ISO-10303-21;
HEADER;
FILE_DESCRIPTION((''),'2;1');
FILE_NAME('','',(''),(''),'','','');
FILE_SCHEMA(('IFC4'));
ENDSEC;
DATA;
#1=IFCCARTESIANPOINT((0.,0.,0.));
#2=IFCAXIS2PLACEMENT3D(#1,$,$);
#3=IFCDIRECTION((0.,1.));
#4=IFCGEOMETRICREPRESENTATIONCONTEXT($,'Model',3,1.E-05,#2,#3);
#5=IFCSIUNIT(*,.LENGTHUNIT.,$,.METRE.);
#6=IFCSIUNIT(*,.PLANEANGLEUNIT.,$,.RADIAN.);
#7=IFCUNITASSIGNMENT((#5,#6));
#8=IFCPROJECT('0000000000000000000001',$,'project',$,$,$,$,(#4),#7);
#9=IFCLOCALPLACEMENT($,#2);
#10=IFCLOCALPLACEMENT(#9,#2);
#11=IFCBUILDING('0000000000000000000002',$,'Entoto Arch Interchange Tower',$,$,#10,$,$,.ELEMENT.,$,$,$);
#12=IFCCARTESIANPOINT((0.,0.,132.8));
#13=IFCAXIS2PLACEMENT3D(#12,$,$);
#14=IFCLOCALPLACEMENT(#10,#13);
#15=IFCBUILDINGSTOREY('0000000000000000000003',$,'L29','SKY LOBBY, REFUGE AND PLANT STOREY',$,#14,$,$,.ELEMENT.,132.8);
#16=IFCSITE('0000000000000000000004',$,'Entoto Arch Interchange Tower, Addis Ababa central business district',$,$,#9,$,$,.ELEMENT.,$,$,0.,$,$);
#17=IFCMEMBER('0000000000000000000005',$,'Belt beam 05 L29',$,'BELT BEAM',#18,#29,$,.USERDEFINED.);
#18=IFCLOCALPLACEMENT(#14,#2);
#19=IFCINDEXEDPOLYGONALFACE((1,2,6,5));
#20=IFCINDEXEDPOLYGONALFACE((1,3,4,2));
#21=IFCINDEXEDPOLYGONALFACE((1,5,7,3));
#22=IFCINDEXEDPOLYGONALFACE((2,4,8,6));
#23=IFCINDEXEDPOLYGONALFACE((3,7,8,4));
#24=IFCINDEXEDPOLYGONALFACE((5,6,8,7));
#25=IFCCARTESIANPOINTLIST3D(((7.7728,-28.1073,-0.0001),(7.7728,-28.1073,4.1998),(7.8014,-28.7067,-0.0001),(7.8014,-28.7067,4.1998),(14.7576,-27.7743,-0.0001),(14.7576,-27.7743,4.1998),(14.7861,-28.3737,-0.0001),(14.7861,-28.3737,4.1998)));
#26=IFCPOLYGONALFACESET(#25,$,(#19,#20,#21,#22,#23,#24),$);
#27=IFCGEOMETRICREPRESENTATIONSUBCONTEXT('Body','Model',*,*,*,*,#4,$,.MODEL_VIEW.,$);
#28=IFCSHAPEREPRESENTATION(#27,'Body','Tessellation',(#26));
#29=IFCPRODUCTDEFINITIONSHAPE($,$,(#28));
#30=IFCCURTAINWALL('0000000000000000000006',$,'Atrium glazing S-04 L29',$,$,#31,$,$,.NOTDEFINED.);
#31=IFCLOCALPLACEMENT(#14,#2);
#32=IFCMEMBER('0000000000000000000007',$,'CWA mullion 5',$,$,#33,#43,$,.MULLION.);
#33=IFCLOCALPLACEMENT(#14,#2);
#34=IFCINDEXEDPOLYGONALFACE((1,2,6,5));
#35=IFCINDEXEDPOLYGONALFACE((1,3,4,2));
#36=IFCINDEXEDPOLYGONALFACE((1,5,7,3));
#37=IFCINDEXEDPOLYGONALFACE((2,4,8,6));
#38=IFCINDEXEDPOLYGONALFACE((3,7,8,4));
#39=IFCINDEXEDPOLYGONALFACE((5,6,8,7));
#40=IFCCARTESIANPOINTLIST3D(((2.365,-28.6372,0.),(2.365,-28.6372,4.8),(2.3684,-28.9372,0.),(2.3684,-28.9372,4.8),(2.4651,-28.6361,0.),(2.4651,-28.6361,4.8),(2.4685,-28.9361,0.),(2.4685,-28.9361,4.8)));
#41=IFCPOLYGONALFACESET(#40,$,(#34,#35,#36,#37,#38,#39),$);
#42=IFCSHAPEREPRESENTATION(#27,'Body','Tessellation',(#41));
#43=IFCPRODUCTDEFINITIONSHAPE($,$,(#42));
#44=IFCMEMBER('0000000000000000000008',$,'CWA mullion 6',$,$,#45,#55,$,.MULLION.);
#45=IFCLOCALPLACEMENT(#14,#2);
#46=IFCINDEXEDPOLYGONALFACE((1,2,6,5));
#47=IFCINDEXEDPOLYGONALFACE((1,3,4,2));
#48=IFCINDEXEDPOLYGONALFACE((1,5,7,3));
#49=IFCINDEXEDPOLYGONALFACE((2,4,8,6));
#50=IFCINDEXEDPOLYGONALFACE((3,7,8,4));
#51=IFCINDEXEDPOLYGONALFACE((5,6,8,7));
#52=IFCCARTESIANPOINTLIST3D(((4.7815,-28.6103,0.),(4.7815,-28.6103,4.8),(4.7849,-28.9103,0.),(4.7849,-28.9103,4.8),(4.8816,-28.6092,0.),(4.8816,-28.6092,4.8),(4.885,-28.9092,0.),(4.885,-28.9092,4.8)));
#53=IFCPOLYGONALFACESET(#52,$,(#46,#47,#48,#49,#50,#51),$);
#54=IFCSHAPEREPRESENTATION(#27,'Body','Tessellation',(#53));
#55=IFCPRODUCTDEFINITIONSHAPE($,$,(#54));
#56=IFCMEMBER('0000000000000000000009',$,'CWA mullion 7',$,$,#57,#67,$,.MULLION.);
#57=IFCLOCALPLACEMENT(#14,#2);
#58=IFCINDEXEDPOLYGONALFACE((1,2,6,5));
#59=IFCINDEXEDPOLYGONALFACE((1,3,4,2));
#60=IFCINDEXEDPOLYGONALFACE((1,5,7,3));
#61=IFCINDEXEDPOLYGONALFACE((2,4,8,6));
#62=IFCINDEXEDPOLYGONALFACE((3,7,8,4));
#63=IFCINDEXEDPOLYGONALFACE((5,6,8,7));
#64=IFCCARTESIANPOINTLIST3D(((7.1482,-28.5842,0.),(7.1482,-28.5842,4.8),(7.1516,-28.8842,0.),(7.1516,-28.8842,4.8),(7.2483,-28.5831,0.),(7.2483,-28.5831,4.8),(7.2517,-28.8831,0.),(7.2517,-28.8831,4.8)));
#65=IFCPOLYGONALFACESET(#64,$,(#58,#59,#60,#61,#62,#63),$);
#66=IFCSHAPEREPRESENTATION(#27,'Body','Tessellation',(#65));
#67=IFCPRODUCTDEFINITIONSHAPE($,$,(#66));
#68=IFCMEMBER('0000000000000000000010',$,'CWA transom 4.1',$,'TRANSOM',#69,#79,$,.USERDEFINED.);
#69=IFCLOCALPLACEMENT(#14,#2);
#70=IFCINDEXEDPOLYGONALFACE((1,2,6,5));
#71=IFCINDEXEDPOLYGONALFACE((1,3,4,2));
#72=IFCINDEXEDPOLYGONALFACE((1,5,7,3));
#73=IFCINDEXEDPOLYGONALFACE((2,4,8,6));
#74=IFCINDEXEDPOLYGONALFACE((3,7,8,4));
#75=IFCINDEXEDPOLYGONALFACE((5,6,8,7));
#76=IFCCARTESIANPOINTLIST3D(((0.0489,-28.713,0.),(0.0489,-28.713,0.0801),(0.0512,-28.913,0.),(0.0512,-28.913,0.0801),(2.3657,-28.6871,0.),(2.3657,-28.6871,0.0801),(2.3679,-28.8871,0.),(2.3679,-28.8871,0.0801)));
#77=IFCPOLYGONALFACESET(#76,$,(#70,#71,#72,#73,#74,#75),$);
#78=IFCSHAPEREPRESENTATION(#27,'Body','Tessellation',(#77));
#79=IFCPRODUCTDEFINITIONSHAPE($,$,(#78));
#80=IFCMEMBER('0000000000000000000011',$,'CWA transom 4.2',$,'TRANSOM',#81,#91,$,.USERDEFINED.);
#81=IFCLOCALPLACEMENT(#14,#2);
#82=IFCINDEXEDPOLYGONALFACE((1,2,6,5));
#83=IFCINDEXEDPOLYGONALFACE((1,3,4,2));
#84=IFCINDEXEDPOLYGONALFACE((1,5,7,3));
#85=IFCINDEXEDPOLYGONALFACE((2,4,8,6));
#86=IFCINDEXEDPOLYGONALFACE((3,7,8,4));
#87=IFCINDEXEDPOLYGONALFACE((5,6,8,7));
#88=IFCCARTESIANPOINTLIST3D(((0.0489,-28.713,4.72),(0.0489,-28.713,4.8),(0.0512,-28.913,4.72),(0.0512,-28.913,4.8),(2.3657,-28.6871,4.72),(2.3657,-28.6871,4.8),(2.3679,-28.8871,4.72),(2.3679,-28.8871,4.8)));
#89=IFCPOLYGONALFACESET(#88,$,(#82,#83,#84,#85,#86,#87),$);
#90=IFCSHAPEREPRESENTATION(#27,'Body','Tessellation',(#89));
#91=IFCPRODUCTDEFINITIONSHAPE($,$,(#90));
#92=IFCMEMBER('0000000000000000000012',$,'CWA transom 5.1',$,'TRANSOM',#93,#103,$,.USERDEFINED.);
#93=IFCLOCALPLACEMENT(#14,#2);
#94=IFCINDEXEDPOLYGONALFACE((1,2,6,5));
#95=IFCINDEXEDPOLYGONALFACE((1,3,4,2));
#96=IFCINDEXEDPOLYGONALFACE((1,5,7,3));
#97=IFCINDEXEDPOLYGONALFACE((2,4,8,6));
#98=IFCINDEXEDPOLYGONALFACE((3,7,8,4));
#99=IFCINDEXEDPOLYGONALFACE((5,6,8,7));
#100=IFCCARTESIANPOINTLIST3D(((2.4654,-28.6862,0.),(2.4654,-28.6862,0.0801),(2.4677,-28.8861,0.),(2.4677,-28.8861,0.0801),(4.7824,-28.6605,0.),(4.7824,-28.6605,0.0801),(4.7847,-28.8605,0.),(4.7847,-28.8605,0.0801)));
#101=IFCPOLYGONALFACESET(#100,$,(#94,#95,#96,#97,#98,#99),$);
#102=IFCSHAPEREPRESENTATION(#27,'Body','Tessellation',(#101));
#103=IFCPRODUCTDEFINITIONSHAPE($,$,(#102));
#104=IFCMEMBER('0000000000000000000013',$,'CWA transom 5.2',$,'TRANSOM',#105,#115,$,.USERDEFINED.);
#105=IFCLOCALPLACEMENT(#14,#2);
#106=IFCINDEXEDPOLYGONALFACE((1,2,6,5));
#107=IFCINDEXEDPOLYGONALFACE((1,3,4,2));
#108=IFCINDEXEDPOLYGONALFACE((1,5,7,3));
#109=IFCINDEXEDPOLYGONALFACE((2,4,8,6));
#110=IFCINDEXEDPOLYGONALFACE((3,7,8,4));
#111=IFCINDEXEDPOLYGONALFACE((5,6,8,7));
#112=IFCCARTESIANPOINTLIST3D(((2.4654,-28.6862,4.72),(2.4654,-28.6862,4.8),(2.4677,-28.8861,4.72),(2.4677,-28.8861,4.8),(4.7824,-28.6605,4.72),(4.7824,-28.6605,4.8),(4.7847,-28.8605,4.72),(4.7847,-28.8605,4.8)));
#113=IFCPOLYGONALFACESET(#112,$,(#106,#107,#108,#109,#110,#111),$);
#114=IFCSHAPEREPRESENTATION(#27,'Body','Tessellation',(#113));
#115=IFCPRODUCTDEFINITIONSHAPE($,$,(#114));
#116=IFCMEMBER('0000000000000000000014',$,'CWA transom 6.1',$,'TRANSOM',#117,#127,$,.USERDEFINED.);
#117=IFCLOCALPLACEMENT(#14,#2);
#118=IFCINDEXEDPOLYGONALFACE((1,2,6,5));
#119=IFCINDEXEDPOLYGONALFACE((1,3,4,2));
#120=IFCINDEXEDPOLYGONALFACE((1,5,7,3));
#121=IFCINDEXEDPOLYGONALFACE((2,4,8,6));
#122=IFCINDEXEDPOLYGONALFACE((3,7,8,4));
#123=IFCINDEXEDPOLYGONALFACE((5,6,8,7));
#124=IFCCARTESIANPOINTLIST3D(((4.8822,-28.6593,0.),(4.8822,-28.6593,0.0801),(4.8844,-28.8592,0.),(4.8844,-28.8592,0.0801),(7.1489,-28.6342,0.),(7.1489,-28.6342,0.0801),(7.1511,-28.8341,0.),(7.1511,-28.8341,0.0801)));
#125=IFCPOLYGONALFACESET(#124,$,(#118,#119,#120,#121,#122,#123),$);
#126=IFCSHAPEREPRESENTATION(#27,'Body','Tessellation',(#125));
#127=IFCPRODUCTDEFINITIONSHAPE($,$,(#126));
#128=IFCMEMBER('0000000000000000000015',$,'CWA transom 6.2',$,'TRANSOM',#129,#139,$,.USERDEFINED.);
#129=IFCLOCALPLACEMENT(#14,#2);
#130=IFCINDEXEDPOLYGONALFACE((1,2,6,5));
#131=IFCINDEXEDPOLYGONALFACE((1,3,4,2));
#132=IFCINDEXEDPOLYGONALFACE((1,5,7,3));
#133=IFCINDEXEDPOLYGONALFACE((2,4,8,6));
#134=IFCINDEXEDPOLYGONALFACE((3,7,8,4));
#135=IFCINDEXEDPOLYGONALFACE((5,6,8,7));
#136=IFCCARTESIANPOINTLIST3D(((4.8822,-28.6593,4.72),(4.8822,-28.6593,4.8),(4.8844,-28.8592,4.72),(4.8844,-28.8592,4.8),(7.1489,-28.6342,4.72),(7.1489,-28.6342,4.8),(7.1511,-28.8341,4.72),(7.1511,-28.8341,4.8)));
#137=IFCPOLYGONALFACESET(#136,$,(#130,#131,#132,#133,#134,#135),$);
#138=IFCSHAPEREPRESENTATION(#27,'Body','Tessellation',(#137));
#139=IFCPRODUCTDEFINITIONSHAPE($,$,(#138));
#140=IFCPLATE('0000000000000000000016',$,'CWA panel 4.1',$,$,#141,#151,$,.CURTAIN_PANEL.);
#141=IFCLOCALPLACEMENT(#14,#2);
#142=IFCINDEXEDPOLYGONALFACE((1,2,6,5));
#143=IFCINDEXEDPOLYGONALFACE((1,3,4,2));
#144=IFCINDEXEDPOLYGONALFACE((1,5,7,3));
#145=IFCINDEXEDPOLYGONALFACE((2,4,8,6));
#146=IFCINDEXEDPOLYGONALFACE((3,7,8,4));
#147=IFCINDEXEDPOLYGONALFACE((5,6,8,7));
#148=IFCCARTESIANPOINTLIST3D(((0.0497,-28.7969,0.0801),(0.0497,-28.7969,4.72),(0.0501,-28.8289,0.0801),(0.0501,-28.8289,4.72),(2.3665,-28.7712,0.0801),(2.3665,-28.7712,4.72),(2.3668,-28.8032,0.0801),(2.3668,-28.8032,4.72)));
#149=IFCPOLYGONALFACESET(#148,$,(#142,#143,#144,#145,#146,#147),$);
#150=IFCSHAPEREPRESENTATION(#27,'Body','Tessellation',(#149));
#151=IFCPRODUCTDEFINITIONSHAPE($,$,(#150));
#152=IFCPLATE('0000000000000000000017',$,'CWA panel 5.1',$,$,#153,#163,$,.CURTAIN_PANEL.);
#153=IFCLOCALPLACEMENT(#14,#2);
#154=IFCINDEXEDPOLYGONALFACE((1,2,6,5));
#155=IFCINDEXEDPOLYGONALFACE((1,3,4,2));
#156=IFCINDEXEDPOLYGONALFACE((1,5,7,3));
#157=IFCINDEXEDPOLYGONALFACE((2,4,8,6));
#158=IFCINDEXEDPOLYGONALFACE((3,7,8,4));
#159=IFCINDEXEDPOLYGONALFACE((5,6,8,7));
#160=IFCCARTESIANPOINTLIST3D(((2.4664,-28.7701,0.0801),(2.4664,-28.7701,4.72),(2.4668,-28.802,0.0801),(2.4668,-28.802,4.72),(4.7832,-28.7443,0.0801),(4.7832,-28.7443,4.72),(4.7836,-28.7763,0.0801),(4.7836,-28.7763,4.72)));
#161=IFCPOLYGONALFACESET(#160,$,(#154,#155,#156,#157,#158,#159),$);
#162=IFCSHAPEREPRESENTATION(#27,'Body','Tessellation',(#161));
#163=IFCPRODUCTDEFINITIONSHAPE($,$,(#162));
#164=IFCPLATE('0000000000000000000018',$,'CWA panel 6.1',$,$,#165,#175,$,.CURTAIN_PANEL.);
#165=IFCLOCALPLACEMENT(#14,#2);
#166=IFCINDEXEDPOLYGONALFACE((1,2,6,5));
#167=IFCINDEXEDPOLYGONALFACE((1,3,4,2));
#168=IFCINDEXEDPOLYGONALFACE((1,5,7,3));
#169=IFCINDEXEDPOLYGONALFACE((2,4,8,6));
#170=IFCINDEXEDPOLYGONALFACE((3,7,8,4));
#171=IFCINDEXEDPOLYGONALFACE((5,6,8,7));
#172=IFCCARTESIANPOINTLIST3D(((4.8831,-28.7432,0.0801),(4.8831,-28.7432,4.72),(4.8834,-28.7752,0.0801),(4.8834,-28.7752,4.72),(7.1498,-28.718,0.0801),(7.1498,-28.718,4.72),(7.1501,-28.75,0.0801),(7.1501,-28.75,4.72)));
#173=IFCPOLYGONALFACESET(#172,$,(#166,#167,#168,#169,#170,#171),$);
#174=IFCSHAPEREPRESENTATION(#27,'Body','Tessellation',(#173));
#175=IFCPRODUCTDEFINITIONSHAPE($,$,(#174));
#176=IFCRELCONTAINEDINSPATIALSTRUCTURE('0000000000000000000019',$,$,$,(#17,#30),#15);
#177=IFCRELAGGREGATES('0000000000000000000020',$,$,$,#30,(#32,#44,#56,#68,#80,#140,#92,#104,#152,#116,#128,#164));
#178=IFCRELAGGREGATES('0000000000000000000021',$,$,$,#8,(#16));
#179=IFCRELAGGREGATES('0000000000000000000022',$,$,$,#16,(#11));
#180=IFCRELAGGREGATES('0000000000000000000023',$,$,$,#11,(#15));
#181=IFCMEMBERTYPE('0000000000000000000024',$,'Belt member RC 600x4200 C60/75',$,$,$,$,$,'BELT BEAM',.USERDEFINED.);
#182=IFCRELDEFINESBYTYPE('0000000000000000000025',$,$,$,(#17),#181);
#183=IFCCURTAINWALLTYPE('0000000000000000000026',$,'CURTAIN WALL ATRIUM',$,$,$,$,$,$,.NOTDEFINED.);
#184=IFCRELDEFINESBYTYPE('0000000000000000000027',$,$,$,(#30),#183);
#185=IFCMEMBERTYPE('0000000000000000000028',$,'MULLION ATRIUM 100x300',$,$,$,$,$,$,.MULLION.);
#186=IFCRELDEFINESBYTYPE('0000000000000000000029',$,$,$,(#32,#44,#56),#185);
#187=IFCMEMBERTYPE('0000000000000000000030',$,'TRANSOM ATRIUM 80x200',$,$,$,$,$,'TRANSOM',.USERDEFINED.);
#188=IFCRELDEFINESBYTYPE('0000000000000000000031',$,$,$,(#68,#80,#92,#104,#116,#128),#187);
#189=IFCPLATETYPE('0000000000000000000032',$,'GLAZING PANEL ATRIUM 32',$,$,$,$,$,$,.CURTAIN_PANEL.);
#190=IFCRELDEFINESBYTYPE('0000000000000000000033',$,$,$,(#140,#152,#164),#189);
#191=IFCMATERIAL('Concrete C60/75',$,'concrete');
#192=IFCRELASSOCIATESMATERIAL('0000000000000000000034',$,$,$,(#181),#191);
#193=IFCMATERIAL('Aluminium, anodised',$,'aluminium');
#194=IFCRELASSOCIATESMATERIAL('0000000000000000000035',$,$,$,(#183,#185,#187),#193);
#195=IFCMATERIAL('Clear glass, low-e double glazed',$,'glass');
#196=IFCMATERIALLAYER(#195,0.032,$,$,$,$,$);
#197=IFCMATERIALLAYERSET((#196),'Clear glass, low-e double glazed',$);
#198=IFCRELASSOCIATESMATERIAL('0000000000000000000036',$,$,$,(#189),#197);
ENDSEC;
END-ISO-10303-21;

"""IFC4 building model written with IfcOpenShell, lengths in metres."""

from ifc_helpers import new_model, si_unit, direction, frame, origin, origin_2d, place, context, subcontext, project, spatial, rectangle, extrude, material, layer, layer_set, material_profile, profile_set, type_object, element, aggregate, save


model = new_model("IFC4")

# Units and contexts
model_context = context("Model", 3, precision=1e-05, world=origin(), true_north=direction((0.0, 1.0)))
body_context = subcontext(model_context, "Body", "Model", "MODEL_VIEW")
ifc_project = project(units=[si_unit("LENGTHUNIT", "METRE"), si_unit("PLANEANGLEUNIT", "RADIAN")], contexts=[model_context])

# Site, building, storey
site_placement = place(None, origin())
site = spatial("IfcSite", under=ifc_project, at=site_placement, Name="Entoto Arch Interchange Tower, Addis Ababa central business district", CompositionType="ELEMENT", RefElevation=0.0)
building_placement = place(site_placement, origin())
building = spatial("IfcBuilding", under=site, at=building_placement, Name="Entoto Arch Interchange Tower", CompositionType="ELEMENT")
storey_placement = place(building_placement, frame((0.0, 0.0, 132.8)))
storey = spatial("IfcBuildingStorey", under=building, at=storey_placement, Name="L29", Description="SKY LOBBY, REFUGE AND PLANT STOREY", CompositionType="ELEMENT", Elevation=132.8)

# Member
ifc_material_1 = material(Name="Concrete C60/75", Category="concrete")
ifc_material_profile_1 = material_profile(ifc_material_1, rectangle(XDim=0.6001, YDim=4.2, at=origin_2d()))
ifc_profile_set_1 = profile_set([ifc_material_profile_1], Name="Concrete C60/75")
member_type_1 = type_object("IfcMemberType", Name="Belt member RC 600x4200 C60/75", ElementType="BELT BEAM", PredefinedType="USERDEFINED", material=ifc_profile_set_1)
member_1_placement = place(storey_placement, frame((7.7871, -28.407, 2.0999), z_axis=(0.998865, 0.047622, 0.0), x_axis=(-0.047622, 0.998865, 0.0)))
element("IfcMember", 1, at=member_1_placement, inside=storey, type_object=member_type_1, Name="Belt beam 05 L29", ObjectType="BELT BEAM", PredefinedType="USERDEFINED", context=body_context, shape_type="SweptSolid", body=[
    extrude(rectangle(XDim=0.6001, YDim=4.2, at=origin_2d()), origin(), (0.0, 0.0, 1.0), 6.9927),
])

# Curtain wall, members, plates
ifc_material_2 = material(Name="Aluminium, anodised", Category="aluminium")
curtain_wall_type = type_object("IfcCurtainWallType", Name="CURTAIN WALL ATRIUM", PredefinedType="NOTDEFINED", material=ifc_material_2)
curtain_wall_placement = place(storey_placement, origin())
curtain_wall = element("IfcCurtainWall", 2, at=curtain_wall_placement, inside=storey, type_object=curtain_wall_type, Name="Atrium glazing S-04 L29", PredefinedType="NOTDEFINED")
ifc_material_profile_2 = material_profile(ifc_material_2, rectangle(XDim=0.3, YDim=0.1001, at=origin_2d()))
ifc_profile_set_2 = profile_set([ifc_material_profile_2], Name="Aluminium, anodised")
member_type_2 = type_object("IfcMemberType", Name="MULLION ATRIUM 100x300", PredefinedType="MULLION", material=ifc_profile_set_2)
member_2_placement = place(storey_placement, frame((2.4167, -28.7866, 0.0), z_axis=(0.0, 0.0, 1.0), x_axis=(-0.011103, 0.999938, 0.0)))
member_2 = element("IfcMember", 3, at=member_2_placement, type_object=member_type_2, Name="CWA mullion 5", PredefinedType="MULLION", context=body_context, shape_type="SweptSolid", body=[
    extrude(rectangle(XDim=0.3, YDim=0.1001, at=origin_2d()), origin(), (0.0, 0.0, 1.0), 4.8),
])
member_3_placement = place(storey_placement, frame((4.8333, -28.7598, 0.0), z_axis=(0.0, 0.0, 1.0), x_axis=(-0.011103, 0.999938, 0.0)))
member_3 = element("IfcMember", 4, at=member_3_placement, type_object=member_type_2, Name="CWA mullion 6", PredefinedType="MULLION", context=body_context, shape_type="SweptSolid", body=[
    extrude(rectangle(XDim=0.3, YDim=0.1001, at=origin_2d()), origin(), (0.0, 0.0, 1.0), 4.8),
])
member_4_placement = place(storey_placement, frame((7.2, -28.7336, 0.0), z_axis=(0.0, 0.0, 1.0), x_axis=(-0.011103, 0.999938, 0.0)))
member_4 = element("IfcMember", 5, at=member_4_placement, type_object=member_type_2, Name="CWA mullion 7", PredefinedType="MULLION", context=body_context, shape_type="SweptSolid", body=[
    extrude(rectangle(XDim=0.3, YDim=0.1001, at=origin_2d()), origin(), (0.0, 0.0, 1.0), 4.8),
])
ifc_material_profile_3 = material_profile(ifc_material_2, rectangle(XDim=0.2, YDim=0.0801, at=origin_2d()))
ifc_profile_set_3 = profile_set([ifc_material_profile_3], Name="Aluminium, anodised")
member_type_3 = type_object("IfcMemberType", Name="TRANSOM ATRIUM 80x200", ElementType="TRANSOM", PredefinedType="USERDEFINED", material=ifc_profile_set_3)
member_5_placement = place(storey_placement, frame((0.05, -28.813, 0.04), z_axis=(0.999938, 0.01117, 0.0), x_axis=(-0.01117, 0.999938, 0.0)))
member_5 = element("IfcMember", 6, at=member_5_placement, type_object=member_type_3, Name="CWA transom 4.1", ObjectType="TRANSOM", PredefinedType="USERDEFINED", context=body_context, shape_type="SweptSolid", body=[
    extrude(rectangle(XDim=0.2, YDim=0.0801, at=origin_2d()), origin(), (0.0, 0.0, 1.0), 2.3169),
])
member_6_placement = place(storey_placement, frame((0.05, -28.813, 4.76), z_axis=(0.999938, 0.01117, 0.0), x_axis=(-0.01117, 0.999938, 0.0)))
member_6 = element("IfcMember", 7, at=member_6_placement, type_object=member_type_3, Name="CWA transom 4.2", ObjectType="TRANSOM", PredefinedType="USERDEFINED", context=body_context, shape_type="SweptSolid", body=[
    extrude(rectangle(XDim=0.2, YDim=0.0801, at=origin_2d()), origin(), (0.0, 0.0, 1.0), 2.3169),
])
member_7_placement = place(storey_placement, frame((2.4666, -28.7861, 0.04), z_axis=(0.999939, 0.011064, 0.0), x_axis=(-0.011064, 0.999939, 0.0)))
member_7 = element("IfcMember", 8, at=member_7_placement, type_object=member_type_3, Name="CWA transom 5.1", ObjectType="TRANSOM", PredefinedType="USERDEFINED", context=body_context, shape_type="SweptSolid", body=[
    extrude(rectangle(XDim=0.2, YDim=0.0801, at=origin_2d()), origin(), (0.0, 0.0, 1.0), 2.3171),
])
member_8_placement = place(storey_placement, frame((2.4666, -28.7861, 4.76), z_axis=(0.999939, 0.011064, 0.0), x_axis=(-0.011064, 0.999939, 0.0)))
member_8 = element("IfcMember", 9, at=member_8_placement, type_object=member_type_3, Name="CWA transom 5.2", ObjectType="TRANSOM", PredefinedType="USERDEFINED", context=body_context, shape_type="SweptSolid", body=[
    extrude(rectangle(XDim=0.2, YDim=0.0801, at=origin_2d()), origin(), (0.0, 0.0, 1.0), 2.3171),
])
member_9_placement = place(storey_placement, frame((4.8833, -28.7593, 0.04), z_axis=(0.999938, 0.011094, 0.0), x_axis=(-0.011094, 0.999938, 0.0)))
member_9 = element("IfcMember", 10, at=member_9_placement, type_object=member_type_3, Name="CWA transom 6.1", ObjectType="TRANSOM", PredefinedType="USERDEFINED", context=body_context, shape_type="SweptSolid", body=[
    extrude(rectangle(XDim=0.2, YDim=0.0801, at=origin_2d()), origin(), (0.0, 0.0, 1.0), 2.2668),
])
member_10_placement = place(storey_placement, frame((4.8833, -28.7593, 4.76), z_axis=(0.999938, 0.011094, 0.0), x_axis=(-0.011094, 0.999938, 0.0)))
member_10 = element("IfcMember", 11, at=member_10_placement, type_object=member_type_3, Name="CWA transom 6.2", ObjectType="TRANSOM", PredefinedType="USERDEFINED", context=body_context, shape_type="SweptSolid", body=[
    extrude(rectangle(XDim=0.2, YDim=0.0801, at=origin_2d()), origin(), (0.0, 0.0, 1.0), 2.2668),
])
ifc_material_3 = material(Name="Clear glass, low-e double glazed", Category="glass")
ifc_layer_1 = layer(ifc_material_3, 0.032)
ifc_layer_set_1 = layer_set([ifc_layer_1], Name="Clear glass, low-e double glazed")
plate_type = type_object("IfcPlateType", Name="GLAZING PANEL ATRIUM 32", PredefinedType="CURTAIN_PANEL", material=ifc_layer_set_1)
plate_1_placement = place(storey_placement, frame((1.2083, -28.8, 0.0801), z_axis=(0.0, 0.0, 1.0), x_axis=(0.999938, 0.011103, 0.0)))
plate_1 = element("IfcPlate", 12, at=plate_1_placement, type_object=plate_type, Name="CWA panel 4.1", PredefinedType="CURTAIN_PANEL", context=body_context, shape_type="SweptSolid", body=[
    extrude(rectangle(XDim=2.3169, YDim=0.032, at=origin_2d()), origin(), (0.0, 0.0, 1.0), 4.6399),
])
plate_2_placement = place(storey_placement, frame((3.625, -28.7732, 0.0801), z_axis=(0.0, 0.0, 1.0), x_axis=(0.999938, 0.011103, 0.0)))
plate_2 = element("IfcPlate", 13, at=plate_2_placement, type_object=plate_type, Name="CWA panel 5.1", PredefinedType="CURTAIN_PANEL", context=body_context, shape_type="SweptSolid", body=[
    extrude(rectangle(XDim=2.3169, YDim=0.032, at=origin_2d()), origin(), (0.0, 0.0, 1.0), 4.6399),
])
plate_3_placement = place(storey_placement, frame((6.0166, -28.7466, 0.0801), z_axis=(0.0, 0.0, 1.0), x_axis=(0.999938, 0.011103, 0.0)))
plate_3 = element("IfcPlate", 14, at=plate_3_placement, type_object=plate_type, Name="CWA panel 6.1", PredefinedType="CURTAIN_PANEL", context=body_context, shape_type="SweptSolid", body=[
    extrude(rectangle(XDim=2.2668, YDim=0.032, at=origin_2d()), origin(), (0.0, 0.0, 1.0), 4.6399),
])
aggregate(curtain_wall, [member_2, member_3, member_4, member_5, member_6, plate_1, member_7, member_8, plate_2, member_9, member_10, plate_3])

save(model, "model.ifc")
